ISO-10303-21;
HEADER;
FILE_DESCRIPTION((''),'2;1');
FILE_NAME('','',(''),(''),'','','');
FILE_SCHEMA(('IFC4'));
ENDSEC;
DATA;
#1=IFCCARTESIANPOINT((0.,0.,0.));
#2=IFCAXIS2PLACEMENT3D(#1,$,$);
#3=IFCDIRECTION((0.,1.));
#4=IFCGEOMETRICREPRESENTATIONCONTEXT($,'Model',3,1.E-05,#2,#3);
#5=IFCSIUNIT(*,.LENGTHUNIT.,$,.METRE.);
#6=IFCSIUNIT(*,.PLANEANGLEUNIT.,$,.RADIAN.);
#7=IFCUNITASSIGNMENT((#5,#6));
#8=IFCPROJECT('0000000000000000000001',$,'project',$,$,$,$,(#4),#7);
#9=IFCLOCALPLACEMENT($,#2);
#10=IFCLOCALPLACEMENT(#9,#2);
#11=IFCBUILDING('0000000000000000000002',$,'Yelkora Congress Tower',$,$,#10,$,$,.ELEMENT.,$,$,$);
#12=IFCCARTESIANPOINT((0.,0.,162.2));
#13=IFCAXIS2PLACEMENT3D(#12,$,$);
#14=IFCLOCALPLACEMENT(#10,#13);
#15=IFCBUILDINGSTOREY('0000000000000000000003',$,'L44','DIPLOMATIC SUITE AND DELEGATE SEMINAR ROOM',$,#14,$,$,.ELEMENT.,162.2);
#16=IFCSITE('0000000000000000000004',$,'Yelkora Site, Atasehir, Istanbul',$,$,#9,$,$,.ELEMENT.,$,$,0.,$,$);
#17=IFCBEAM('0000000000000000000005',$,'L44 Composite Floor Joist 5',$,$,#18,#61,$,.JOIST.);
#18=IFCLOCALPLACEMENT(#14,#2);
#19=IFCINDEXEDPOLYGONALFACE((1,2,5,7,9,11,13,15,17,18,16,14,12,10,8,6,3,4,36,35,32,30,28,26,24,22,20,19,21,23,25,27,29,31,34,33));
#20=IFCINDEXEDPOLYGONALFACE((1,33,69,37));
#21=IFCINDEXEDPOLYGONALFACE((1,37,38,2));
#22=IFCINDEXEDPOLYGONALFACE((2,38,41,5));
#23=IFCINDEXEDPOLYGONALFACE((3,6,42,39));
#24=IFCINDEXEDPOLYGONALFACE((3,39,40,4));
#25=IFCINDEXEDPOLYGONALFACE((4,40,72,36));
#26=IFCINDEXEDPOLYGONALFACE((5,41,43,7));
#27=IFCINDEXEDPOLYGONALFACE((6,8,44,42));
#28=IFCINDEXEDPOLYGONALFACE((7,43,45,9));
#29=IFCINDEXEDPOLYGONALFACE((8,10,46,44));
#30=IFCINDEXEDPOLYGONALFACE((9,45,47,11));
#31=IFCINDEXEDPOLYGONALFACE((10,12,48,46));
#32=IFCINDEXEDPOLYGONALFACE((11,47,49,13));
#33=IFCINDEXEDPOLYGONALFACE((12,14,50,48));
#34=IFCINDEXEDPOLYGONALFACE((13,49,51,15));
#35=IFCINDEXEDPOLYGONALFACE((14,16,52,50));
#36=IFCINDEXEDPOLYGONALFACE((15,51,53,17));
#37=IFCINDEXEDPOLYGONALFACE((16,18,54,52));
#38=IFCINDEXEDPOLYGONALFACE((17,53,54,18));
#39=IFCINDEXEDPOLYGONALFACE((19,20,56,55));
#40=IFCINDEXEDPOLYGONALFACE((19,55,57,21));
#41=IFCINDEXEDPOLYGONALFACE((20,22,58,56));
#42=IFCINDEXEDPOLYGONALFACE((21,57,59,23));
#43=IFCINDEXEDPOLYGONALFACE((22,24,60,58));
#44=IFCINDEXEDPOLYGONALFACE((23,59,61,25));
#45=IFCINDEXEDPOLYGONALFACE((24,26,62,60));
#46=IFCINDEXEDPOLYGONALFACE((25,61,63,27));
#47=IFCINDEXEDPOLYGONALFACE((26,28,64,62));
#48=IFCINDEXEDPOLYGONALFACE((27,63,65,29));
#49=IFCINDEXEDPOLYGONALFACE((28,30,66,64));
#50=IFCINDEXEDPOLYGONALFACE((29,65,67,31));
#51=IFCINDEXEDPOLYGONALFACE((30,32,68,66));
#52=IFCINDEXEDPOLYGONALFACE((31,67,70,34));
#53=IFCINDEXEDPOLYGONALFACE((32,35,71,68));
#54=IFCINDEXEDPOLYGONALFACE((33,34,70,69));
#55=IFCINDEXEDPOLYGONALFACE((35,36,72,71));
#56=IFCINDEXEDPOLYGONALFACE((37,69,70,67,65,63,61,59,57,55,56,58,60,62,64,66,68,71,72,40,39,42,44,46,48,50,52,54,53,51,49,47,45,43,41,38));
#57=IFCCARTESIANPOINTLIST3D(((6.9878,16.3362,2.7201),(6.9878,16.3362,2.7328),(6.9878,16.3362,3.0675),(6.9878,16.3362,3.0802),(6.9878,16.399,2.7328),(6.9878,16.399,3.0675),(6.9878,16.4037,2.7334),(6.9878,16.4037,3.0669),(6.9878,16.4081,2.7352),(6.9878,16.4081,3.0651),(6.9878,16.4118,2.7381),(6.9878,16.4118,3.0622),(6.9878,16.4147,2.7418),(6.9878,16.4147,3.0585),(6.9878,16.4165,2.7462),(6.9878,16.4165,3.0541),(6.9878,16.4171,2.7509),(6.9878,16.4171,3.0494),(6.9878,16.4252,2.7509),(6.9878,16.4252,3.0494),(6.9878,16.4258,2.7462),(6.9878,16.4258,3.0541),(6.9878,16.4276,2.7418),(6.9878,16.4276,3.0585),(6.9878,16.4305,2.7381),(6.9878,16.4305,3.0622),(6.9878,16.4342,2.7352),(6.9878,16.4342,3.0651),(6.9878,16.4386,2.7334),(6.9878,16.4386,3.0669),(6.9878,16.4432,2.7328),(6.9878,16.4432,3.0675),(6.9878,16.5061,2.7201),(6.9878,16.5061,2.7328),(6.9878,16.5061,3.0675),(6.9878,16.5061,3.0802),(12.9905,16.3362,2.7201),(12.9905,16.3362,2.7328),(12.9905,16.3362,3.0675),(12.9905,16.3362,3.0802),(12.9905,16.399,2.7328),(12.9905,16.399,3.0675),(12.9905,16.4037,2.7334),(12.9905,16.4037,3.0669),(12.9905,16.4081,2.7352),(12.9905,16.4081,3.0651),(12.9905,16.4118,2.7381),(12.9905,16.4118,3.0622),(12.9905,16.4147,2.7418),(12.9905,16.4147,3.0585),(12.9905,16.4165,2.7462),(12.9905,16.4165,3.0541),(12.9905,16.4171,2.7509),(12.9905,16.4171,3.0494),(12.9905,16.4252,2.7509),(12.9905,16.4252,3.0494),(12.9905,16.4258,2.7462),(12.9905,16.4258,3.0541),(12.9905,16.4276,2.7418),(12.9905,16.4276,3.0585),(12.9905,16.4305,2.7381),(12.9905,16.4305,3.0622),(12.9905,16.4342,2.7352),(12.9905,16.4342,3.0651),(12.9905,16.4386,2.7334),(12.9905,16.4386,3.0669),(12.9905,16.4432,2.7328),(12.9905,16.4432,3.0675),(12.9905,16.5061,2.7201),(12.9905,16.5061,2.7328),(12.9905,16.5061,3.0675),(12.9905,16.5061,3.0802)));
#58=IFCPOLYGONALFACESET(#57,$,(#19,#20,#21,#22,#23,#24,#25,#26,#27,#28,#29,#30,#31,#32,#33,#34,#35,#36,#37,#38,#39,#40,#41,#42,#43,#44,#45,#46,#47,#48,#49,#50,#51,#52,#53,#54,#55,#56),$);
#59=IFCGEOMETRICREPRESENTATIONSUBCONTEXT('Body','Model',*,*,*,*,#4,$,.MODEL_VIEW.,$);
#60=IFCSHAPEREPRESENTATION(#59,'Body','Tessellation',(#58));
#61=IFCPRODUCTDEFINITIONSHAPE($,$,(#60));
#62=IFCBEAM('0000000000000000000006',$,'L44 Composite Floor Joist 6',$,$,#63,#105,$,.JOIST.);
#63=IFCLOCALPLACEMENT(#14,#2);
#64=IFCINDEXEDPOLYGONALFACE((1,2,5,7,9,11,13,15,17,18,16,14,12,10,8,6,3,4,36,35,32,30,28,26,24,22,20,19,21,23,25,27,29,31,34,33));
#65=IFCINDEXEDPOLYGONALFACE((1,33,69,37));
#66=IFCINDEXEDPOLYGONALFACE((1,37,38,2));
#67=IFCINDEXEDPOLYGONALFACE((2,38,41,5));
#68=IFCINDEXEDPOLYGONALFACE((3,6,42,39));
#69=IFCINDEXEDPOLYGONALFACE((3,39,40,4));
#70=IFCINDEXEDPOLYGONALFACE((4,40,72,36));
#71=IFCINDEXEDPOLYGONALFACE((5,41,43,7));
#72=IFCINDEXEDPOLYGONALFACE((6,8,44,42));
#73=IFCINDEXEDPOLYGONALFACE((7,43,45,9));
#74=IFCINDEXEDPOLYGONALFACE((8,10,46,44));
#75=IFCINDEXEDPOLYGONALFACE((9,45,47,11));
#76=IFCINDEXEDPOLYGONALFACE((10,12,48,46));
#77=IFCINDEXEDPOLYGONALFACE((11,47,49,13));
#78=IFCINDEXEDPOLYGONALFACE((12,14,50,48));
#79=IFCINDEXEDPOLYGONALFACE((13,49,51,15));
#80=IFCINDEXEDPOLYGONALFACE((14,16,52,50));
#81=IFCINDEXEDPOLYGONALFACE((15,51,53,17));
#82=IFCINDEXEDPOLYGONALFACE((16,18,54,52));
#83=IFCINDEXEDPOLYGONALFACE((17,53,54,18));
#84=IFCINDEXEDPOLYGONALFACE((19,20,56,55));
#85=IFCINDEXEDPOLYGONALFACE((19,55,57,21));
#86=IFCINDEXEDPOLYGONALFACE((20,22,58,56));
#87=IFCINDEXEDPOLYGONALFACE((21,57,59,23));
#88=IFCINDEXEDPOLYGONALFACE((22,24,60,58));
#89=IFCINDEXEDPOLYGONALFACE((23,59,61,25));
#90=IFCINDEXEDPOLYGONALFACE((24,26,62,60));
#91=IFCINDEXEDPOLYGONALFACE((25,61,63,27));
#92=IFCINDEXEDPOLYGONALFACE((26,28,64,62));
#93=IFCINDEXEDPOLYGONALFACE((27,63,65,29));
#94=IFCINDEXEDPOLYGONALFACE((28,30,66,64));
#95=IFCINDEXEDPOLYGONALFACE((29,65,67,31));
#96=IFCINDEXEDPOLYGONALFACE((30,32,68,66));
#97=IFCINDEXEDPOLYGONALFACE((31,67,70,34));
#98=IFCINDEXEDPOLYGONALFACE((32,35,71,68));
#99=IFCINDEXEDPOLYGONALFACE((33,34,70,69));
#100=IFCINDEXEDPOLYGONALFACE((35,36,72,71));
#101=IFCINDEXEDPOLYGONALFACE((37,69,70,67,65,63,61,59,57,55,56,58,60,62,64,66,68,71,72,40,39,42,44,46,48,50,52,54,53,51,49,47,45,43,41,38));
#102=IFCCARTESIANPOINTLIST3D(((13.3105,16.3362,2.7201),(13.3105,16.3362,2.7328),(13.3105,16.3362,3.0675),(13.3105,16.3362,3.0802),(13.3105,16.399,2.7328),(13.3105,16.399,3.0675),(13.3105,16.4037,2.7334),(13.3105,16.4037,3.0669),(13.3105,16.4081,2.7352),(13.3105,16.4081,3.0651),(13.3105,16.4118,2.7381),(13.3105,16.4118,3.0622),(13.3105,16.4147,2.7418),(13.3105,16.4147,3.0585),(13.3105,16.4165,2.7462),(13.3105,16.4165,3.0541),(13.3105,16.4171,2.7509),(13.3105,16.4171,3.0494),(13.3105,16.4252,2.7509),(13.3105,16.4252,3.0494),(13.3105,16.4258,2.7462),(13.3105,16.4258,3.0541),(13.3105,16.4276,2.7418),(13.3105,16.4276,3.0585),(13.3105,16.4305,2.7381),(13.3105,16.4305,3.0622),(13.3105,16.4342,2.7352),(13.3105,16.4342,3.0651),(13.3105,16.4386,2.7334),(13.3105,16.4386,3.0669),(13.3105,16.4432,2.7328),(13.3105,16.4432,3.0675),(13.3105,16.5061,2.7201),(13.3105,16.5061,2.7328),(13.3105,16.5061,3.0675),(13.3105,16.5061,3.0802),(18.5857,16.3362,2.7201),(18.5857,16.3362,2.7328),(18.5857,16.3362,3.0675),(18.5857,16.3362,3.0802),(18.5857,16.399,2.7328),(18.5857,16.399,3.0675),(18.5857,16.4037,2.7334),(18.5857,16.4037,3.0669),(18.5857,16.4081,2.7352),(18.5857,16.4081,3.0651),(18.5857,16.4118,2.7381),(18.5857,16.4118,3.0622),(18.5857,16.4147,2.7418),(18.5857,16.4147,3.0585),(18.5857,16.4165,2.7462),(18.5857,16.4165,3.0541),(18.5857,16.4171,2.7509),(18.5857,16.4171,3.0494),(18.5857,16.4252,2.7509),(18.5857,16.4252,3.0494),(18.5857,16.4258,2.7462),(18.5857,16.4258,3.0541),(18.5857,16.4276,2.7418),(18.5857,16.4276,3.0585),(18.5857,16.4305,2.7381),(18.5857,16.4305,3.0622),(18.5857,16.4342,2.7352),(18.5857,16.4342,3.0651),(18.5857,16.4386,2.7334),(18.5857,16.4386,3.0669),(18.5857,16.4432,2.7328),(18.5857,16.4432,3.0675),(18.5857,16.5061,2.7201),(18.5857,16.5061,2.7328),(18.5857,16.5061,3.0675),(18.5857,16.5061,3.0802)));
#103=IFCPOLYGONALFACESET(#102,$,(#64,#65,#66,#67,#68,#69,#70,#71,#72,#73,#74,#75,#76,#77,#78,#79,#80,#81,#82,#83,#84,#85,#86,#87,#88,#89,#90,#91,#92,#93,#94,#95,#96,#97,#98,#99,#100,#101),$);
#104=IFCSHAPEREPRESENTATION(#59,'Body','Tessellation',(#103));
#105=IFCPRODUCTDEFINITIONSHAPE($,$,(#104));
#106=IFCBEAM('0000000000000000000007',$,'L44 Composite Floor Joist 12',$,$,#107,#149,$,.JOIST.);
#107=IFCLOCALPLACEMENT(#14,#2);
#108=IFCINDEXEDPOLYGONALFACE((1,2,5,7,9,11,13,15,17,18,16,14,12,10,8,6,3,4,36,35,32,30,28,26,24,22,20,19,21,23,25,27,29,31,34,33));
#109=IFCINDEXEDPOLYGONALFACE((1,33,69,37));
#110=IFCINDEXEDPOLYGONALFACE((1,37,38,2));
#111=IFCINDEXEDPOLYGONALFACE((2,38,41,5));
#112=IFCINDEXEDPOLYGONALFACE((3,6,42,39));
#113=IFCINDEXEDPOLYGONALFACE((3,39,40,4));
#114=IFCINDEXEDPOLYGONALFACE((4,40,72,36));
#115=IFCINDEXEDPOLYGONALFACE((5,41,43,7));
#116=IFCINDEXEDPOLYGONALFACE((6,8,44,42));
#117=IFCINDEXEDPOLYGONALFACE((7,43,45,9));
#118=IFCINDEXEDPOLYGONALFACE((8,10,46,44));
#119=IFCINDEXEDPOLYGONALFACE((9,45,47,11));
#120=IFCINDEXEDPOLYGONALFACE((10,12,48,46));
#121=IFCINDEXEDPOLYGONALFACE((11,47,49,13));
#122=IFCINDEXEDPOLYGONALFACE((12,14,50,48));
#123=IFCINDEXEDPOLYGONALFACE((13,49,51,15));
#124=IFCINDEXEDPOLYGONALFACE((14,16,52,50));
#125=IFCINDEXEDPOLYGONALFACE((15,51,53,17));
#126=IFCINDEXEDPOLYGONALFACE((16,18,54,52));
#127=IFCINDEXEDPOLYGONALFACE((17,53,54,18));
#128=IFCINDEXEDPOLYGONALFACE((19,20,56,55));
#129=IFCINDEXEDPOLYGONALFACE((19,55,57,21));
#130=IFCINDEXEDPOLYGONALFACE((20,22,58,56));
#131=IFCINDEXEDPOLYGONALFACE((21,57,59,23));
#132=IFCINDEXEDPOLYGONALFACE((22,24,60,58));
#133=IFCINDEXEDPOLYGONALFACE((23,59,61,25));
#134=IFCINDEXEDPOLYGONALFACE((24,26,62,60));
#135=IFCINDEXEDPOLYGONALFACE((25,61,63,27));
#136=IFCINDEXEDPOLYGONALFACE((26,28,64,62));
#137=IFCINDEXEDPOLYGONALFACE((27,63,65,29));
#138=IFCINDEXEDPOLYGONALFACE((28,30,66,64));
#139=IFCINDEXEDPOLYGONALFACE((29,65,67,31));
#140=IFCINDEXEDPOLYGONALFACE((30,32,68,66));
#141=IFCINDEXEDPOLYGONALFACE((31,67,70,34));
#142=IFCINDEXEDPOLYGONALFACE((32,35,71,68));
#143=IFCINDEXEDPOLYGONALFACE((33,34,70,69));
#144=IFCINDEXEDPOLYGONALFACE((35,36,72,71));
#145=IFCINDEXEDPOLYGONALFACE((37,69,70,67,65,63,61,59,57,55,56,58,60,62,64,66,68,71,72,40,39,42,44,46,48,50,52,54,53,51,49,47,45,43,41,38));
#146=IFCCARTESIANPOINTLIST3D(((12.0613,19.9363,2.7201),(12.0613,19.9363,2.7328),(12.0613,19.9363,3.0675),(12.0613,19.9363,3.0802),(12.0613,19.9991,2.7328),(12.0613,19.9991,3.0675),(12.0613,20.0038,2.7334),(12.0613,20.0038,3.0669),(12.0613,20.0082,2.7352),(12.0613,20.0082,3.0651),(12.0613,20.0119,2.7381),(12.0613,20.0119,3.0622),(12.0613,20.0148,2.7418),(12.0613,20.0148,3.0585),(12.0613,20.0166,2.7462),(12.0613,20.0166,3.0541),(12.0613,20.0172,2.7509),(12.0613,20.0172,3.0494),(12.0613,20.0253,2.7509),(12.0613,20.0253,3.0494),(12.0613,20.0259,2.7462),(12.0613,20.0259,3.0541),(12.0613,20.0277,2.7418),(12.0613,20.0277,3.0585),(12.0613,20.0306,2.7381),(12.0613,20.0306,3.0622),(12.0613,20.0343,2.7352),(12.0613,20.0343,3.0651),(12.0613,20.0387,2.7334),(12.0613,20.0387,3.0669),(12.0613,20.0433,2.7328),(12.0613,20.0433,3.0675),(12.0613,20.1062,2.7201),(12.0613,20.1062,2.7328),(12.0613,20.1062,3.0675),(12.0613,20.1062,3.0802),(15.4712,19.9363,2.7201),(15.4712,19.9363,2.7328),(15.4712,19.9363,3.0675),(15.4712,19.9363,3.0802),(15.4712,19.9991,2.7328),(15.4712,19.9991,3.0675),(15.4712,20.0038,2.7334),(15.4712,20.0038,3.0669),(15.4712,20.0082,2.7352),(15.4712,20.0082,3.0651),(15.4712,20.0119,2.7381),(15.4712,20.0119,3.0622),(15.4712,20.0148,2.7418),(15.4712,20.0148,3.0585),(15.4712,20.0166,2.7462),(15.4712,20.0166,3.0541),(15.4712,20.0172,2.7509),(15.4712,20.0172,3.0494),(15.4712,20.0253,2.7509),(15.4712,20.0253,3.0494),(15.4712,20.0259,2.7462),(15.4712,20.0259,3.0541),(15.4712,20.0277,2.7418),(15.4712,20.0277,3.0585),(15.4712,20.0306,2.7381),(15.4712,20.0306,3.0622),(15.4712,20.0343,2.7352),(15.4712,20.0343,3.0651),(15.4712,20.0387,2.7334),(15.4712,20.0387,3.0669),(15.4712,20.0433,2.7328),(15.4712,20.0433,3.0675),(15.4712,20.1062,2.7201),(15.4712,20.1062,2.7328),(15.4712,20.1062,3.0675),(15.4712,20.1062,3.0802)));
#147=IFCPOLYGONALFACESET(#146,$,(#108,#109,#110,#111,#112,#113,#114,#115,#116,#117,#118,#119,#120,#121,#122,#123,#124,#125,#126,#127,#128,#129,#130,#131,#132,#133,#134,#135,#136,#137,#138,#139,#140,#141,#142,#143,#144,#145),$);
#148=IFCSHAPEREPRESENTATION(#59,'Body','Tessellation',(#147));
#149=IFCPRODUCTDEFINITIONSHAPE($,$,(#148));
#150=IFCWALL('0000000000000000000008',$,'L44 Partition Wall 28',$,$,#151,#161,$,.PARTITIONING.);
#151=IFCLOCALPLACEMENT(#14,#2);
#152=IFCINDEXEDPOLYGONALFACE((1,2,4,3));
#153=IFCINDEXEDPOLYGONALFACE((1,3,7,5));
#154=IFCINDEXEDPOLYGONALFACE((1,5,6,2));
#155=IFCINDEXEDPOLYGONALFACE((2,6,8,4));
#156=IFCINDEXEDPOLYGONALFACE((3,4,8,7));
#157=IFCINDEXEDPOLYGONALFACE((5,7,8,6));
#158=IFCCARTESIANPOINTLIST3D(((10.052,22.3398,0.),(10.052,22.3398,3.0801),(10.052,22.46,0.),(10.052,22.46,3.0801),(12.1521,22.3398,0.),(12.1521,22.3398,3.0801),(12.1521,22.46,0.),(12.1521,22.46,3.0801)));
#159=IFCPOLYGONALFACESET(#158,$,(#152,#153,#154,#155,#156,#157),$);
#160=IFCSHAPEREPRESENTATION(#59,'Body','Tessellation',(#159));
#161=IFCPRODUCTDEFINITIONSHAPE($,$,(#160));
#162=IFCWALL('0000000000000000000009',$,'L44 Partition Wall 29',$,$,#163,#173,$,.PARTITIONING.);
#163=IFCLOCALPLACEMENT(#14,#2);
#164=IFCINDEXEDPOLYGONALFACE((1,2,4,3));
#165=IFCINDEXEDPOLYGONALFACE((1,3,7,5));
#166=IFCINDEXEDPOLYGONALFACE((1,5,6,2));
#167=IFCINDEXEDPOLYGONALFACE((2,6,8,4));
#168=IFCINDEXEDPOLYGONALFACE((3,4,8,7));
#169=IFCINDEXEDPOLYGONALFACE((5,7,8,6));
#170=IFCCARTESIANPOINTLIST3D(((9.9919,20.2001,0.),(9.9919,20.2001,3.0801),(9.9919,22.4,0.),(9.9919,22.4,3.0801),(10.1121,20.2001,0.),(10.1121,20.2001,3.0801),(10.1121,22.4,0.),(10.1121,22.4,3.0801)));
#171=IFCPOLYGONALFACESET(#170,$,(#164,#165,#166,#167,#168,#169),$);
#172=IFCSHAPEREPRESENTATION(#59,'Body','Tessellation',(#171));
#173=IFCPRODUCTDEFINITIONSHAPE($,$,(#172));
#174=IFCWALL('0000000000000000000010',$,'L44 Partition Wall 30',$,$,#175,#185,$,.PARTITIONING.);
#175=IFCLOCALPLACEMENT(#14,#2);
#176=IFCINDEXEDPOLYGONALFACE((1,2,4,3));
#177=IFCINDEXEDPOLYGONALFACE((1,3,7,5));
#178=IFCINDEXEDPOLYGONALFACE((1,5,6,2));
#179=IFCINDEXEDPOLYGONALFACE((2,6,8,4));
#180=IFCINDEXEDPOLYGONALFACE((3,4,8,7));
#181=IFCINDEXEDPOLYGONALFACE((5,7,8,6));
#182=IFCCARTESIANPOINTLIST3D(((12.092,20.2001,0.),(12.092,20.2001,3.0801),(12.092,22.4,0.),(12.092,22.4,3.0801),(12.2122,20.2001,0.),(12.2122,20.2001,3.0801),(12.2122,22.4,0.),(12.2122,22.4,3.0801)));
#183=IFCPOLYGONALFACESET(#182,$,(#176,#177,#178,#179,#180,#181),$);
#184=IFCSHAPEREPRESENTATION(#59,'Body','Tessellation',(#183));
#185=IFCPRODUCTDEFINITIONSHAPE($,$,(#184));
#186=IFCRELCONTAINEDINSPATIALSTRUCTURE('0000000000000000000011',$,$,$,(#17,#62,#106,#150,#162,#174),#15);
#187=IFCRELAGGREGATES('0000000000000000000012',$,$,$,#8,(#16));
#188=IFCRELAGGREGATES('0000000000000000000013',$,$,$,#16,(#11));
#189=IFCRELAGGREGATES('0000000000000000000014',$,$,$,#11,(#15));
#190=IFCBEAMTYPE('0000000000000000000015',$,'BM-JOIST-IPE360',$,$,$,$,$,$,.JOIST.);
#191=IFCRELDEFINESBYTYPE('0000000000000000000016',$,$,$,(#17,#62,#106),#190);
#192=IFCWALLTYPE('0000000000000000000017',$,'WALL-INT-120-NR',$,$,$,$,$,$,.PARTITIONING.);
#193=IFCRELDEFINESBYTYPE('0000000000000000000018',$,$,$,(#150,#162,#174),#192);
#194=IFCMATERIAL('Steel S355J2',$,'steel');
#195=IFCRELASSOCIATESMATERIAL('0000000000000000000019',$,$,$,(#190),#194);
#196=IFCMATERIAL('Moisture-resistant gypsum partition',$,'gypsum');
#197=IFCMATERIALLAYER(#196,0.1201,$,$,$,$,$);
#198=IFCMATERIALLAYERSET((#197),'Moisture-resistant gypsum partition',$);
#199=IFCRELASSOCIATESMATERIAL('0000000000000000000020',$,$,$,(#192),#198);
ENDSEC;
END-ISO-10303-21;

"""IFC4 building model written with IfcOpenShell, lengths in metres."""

from ifc_helpers import new_model, si_unit, direction, frame, frame_2d, origin, origin_2d, place, context, subcontext, project, spatial, rectangle, i_section, extrude, material, layer, layer_set, material_profile, profile_set, type_object, element, save


model = new_model("IFC4")

# Units and contexts
model_context = context("Model", 3, precision=1e-05, world=origin(), true_north=direction((0.0, 1.0)))
body_context = subcontext(model_context, "Body", "Model", "MODEL_VIEW")
ifc_project = project(units=[si_unit("LENGTHUNIT", "METRE"), si_unit("PLANEANGLEUNIT", "RADIAN")], contexts=[model_context])

# Site, building, storey
site_placement = place(None, origin())
site = spatial("IfcSite", under=ifc_project, at=site_placement, Name="Yelkora Site, Atasehir, Istanbul", CompositionType="ELEMENT", RefElevation=0.0)
building_placement = place(site_placement, origin())
building = spatial("IfcBuilding", under=site, at=building_placement, Name="Yelkora Congress Tower", CompositionType="ELEMENT")
storey_placement = place(building_placement, frame((0.0, 0.0, 162.2)))
storey = spatial("IfcBuildingStorey", under=building, at=storey_placement, Name="L44", Description="DIPLOMATIC SUITE AND DELEGATE SEMINAR ROOM", CompositionType="ELEMENT", Elevation=162.2)

# Beams
ifc_material_1 = material(Name="Steel S355J2", Category="steel")
ifc_material_profile = material_profile(ifc_material_1, i_section(OverallWidth=0.1699, OverallDepth=0.3601, WebThickness=0.0081, FlangeThickness=0.0127, FilletRadius=0.0181, at=origin_2d()), Name="IPE 360")
ifc_profile_set = profile_set([ifc_material_profile], Name="Steel S355J2")
beam_type = type_object("IfcBeamType", Name="BM-JOIST-IPE360", PredefinedType="JOIST", material=ifc_profile_set)
beam_1_placement = place(storey_placement, frame((6.9878, 16.4211, 2.9001), z_axis=(1.0, 0.0, 0.0), x_axis=(0.0, 1.0, 0.0)))
element("IfcBeam", 1, at=beam_1_placement, inside=storey, type_object=beam_type, Name="L44 Composite Floor Joist 5", PredefinedType="JOIST", context=body_context, shape_type="SweptSolid", body=[
    extrude(i_section(OverallWidth=0.1699, OverallDepth=0.3601, WebThickness=0.0081, FlangeThickness=0.0127, FilletRadius=0.0181, at=origin_2d()), origin(), (0.0, 0.0, 1.0), 6.0027),
])
beam_2_placement = place(storey_placement, frame((13.3105, 16.4211, 2.9001), z_axis=(1.0, 0.0, 0.0), x_axis=(0.0, 1.0, 0.0)))
element("IfcBeam", 2, at=beam_2_placement, inside=storey, type_object=beam_type, Name="L44 Composite Floor Joist 6", PredefinedType="JOIST", context=body_context, shape_type="SweptSolid", body=[
    extrude(i_section(OverallWidth=0.1699, OverallDepth=0.3601, WebThickness=0.0081, FlangeThickness=0.0127, FilletRadius=0.0181, at=origin_2d()), origin(), (0.0, 0.0, 1.0), 5.2751),
])
beam_3_placement = place(storey_placement, frame((12.0613, 20.0212, 2.9001), z_axis=(1.0, 0.0, 0.0), x_axis=(0.0, 1.0, 0.0)))
element("IfcBeam", 3, at=beam_3_placement, inside=storey, type_object=beam_type, Name="L44 Composite Floor Joist 12", PredefinedType="JOIST", context=body_context, shape_type="SweptSolid", body=[
    extrude(i_section(OverallWidth=0.1699, OverallDepth=0.3601, WebThickness=0.0081, FlangeThickness=0.0127, FilletRadius=0.0181, at=origin_2d()), origin(), (0.0, 0.0, 1.0), 3.4099),
])

# Walls
ifc_material_2 = material(Name="Moisture-resistant gypsum partition", Category="gypsum")
ifc_layer_1 = layer(ifc_material_2, 0.1201)
ifc_layer_set_1 = layer_set([ifc_layer_1], Name="Moisture-resistant gypsum partition")
wall_type_1 = type_object("IfcWallType", Name="WALL-INT-120-NR", PredefinedType="PARTITIONING", material=ifc_layer_set_1)
wall_1_placement = place(storey_placement, frame((10.052, 22.3999, 0.0), z_axis=(0.0, 0.0, 1.0), x_axis=(1.0, 0.0, 0.0)))
element("IfcWall", 4, at=wall_1_placement, inside=storey, type_object=wall_type_1, Name="L44 Partition Wall 28", PredefinedType="PARTITIONING", context=body_context, shape_type="SweptSolid", body=[
    extrude(rectangle(XDim=2.1001, YDim=0.1201, at=frame_2d((1.05, 0.0))), origin(), (0.0, 0.0, 1.0), 3.0801),
])
for number, where, z_axis, x_axis, name in (
    (5, (10.052, 20.2, 0.0), (0.0, 0.0, 1.0), (0.0, 1.0, 0.0), "L44 Partition Wall 29"),
    (6, (12.1521, 20.2, 0.0), (0.0, 0.0, 1.0), (0.0, 1.0, 0.0), "L44 Partition Wall 30"),
):
    element("IfcWall", number, at=place(storey_placement, frame(where, z_axis=z_axis, x_axis=x_axis)), inside=storey, type_object=wall_type_1, Name=name, PredefinedType="PARTITIONING", context=body_context, shape_type="SweptSolid", body=[
        extrude(rectangle(XDim=2.2, YDim=0.1201, at=frame_2d((1.1001, 0.0))), origin(), (0.0, 0.0, 1.0), 3.0801),
    ])

save(model, "model.ifc")
